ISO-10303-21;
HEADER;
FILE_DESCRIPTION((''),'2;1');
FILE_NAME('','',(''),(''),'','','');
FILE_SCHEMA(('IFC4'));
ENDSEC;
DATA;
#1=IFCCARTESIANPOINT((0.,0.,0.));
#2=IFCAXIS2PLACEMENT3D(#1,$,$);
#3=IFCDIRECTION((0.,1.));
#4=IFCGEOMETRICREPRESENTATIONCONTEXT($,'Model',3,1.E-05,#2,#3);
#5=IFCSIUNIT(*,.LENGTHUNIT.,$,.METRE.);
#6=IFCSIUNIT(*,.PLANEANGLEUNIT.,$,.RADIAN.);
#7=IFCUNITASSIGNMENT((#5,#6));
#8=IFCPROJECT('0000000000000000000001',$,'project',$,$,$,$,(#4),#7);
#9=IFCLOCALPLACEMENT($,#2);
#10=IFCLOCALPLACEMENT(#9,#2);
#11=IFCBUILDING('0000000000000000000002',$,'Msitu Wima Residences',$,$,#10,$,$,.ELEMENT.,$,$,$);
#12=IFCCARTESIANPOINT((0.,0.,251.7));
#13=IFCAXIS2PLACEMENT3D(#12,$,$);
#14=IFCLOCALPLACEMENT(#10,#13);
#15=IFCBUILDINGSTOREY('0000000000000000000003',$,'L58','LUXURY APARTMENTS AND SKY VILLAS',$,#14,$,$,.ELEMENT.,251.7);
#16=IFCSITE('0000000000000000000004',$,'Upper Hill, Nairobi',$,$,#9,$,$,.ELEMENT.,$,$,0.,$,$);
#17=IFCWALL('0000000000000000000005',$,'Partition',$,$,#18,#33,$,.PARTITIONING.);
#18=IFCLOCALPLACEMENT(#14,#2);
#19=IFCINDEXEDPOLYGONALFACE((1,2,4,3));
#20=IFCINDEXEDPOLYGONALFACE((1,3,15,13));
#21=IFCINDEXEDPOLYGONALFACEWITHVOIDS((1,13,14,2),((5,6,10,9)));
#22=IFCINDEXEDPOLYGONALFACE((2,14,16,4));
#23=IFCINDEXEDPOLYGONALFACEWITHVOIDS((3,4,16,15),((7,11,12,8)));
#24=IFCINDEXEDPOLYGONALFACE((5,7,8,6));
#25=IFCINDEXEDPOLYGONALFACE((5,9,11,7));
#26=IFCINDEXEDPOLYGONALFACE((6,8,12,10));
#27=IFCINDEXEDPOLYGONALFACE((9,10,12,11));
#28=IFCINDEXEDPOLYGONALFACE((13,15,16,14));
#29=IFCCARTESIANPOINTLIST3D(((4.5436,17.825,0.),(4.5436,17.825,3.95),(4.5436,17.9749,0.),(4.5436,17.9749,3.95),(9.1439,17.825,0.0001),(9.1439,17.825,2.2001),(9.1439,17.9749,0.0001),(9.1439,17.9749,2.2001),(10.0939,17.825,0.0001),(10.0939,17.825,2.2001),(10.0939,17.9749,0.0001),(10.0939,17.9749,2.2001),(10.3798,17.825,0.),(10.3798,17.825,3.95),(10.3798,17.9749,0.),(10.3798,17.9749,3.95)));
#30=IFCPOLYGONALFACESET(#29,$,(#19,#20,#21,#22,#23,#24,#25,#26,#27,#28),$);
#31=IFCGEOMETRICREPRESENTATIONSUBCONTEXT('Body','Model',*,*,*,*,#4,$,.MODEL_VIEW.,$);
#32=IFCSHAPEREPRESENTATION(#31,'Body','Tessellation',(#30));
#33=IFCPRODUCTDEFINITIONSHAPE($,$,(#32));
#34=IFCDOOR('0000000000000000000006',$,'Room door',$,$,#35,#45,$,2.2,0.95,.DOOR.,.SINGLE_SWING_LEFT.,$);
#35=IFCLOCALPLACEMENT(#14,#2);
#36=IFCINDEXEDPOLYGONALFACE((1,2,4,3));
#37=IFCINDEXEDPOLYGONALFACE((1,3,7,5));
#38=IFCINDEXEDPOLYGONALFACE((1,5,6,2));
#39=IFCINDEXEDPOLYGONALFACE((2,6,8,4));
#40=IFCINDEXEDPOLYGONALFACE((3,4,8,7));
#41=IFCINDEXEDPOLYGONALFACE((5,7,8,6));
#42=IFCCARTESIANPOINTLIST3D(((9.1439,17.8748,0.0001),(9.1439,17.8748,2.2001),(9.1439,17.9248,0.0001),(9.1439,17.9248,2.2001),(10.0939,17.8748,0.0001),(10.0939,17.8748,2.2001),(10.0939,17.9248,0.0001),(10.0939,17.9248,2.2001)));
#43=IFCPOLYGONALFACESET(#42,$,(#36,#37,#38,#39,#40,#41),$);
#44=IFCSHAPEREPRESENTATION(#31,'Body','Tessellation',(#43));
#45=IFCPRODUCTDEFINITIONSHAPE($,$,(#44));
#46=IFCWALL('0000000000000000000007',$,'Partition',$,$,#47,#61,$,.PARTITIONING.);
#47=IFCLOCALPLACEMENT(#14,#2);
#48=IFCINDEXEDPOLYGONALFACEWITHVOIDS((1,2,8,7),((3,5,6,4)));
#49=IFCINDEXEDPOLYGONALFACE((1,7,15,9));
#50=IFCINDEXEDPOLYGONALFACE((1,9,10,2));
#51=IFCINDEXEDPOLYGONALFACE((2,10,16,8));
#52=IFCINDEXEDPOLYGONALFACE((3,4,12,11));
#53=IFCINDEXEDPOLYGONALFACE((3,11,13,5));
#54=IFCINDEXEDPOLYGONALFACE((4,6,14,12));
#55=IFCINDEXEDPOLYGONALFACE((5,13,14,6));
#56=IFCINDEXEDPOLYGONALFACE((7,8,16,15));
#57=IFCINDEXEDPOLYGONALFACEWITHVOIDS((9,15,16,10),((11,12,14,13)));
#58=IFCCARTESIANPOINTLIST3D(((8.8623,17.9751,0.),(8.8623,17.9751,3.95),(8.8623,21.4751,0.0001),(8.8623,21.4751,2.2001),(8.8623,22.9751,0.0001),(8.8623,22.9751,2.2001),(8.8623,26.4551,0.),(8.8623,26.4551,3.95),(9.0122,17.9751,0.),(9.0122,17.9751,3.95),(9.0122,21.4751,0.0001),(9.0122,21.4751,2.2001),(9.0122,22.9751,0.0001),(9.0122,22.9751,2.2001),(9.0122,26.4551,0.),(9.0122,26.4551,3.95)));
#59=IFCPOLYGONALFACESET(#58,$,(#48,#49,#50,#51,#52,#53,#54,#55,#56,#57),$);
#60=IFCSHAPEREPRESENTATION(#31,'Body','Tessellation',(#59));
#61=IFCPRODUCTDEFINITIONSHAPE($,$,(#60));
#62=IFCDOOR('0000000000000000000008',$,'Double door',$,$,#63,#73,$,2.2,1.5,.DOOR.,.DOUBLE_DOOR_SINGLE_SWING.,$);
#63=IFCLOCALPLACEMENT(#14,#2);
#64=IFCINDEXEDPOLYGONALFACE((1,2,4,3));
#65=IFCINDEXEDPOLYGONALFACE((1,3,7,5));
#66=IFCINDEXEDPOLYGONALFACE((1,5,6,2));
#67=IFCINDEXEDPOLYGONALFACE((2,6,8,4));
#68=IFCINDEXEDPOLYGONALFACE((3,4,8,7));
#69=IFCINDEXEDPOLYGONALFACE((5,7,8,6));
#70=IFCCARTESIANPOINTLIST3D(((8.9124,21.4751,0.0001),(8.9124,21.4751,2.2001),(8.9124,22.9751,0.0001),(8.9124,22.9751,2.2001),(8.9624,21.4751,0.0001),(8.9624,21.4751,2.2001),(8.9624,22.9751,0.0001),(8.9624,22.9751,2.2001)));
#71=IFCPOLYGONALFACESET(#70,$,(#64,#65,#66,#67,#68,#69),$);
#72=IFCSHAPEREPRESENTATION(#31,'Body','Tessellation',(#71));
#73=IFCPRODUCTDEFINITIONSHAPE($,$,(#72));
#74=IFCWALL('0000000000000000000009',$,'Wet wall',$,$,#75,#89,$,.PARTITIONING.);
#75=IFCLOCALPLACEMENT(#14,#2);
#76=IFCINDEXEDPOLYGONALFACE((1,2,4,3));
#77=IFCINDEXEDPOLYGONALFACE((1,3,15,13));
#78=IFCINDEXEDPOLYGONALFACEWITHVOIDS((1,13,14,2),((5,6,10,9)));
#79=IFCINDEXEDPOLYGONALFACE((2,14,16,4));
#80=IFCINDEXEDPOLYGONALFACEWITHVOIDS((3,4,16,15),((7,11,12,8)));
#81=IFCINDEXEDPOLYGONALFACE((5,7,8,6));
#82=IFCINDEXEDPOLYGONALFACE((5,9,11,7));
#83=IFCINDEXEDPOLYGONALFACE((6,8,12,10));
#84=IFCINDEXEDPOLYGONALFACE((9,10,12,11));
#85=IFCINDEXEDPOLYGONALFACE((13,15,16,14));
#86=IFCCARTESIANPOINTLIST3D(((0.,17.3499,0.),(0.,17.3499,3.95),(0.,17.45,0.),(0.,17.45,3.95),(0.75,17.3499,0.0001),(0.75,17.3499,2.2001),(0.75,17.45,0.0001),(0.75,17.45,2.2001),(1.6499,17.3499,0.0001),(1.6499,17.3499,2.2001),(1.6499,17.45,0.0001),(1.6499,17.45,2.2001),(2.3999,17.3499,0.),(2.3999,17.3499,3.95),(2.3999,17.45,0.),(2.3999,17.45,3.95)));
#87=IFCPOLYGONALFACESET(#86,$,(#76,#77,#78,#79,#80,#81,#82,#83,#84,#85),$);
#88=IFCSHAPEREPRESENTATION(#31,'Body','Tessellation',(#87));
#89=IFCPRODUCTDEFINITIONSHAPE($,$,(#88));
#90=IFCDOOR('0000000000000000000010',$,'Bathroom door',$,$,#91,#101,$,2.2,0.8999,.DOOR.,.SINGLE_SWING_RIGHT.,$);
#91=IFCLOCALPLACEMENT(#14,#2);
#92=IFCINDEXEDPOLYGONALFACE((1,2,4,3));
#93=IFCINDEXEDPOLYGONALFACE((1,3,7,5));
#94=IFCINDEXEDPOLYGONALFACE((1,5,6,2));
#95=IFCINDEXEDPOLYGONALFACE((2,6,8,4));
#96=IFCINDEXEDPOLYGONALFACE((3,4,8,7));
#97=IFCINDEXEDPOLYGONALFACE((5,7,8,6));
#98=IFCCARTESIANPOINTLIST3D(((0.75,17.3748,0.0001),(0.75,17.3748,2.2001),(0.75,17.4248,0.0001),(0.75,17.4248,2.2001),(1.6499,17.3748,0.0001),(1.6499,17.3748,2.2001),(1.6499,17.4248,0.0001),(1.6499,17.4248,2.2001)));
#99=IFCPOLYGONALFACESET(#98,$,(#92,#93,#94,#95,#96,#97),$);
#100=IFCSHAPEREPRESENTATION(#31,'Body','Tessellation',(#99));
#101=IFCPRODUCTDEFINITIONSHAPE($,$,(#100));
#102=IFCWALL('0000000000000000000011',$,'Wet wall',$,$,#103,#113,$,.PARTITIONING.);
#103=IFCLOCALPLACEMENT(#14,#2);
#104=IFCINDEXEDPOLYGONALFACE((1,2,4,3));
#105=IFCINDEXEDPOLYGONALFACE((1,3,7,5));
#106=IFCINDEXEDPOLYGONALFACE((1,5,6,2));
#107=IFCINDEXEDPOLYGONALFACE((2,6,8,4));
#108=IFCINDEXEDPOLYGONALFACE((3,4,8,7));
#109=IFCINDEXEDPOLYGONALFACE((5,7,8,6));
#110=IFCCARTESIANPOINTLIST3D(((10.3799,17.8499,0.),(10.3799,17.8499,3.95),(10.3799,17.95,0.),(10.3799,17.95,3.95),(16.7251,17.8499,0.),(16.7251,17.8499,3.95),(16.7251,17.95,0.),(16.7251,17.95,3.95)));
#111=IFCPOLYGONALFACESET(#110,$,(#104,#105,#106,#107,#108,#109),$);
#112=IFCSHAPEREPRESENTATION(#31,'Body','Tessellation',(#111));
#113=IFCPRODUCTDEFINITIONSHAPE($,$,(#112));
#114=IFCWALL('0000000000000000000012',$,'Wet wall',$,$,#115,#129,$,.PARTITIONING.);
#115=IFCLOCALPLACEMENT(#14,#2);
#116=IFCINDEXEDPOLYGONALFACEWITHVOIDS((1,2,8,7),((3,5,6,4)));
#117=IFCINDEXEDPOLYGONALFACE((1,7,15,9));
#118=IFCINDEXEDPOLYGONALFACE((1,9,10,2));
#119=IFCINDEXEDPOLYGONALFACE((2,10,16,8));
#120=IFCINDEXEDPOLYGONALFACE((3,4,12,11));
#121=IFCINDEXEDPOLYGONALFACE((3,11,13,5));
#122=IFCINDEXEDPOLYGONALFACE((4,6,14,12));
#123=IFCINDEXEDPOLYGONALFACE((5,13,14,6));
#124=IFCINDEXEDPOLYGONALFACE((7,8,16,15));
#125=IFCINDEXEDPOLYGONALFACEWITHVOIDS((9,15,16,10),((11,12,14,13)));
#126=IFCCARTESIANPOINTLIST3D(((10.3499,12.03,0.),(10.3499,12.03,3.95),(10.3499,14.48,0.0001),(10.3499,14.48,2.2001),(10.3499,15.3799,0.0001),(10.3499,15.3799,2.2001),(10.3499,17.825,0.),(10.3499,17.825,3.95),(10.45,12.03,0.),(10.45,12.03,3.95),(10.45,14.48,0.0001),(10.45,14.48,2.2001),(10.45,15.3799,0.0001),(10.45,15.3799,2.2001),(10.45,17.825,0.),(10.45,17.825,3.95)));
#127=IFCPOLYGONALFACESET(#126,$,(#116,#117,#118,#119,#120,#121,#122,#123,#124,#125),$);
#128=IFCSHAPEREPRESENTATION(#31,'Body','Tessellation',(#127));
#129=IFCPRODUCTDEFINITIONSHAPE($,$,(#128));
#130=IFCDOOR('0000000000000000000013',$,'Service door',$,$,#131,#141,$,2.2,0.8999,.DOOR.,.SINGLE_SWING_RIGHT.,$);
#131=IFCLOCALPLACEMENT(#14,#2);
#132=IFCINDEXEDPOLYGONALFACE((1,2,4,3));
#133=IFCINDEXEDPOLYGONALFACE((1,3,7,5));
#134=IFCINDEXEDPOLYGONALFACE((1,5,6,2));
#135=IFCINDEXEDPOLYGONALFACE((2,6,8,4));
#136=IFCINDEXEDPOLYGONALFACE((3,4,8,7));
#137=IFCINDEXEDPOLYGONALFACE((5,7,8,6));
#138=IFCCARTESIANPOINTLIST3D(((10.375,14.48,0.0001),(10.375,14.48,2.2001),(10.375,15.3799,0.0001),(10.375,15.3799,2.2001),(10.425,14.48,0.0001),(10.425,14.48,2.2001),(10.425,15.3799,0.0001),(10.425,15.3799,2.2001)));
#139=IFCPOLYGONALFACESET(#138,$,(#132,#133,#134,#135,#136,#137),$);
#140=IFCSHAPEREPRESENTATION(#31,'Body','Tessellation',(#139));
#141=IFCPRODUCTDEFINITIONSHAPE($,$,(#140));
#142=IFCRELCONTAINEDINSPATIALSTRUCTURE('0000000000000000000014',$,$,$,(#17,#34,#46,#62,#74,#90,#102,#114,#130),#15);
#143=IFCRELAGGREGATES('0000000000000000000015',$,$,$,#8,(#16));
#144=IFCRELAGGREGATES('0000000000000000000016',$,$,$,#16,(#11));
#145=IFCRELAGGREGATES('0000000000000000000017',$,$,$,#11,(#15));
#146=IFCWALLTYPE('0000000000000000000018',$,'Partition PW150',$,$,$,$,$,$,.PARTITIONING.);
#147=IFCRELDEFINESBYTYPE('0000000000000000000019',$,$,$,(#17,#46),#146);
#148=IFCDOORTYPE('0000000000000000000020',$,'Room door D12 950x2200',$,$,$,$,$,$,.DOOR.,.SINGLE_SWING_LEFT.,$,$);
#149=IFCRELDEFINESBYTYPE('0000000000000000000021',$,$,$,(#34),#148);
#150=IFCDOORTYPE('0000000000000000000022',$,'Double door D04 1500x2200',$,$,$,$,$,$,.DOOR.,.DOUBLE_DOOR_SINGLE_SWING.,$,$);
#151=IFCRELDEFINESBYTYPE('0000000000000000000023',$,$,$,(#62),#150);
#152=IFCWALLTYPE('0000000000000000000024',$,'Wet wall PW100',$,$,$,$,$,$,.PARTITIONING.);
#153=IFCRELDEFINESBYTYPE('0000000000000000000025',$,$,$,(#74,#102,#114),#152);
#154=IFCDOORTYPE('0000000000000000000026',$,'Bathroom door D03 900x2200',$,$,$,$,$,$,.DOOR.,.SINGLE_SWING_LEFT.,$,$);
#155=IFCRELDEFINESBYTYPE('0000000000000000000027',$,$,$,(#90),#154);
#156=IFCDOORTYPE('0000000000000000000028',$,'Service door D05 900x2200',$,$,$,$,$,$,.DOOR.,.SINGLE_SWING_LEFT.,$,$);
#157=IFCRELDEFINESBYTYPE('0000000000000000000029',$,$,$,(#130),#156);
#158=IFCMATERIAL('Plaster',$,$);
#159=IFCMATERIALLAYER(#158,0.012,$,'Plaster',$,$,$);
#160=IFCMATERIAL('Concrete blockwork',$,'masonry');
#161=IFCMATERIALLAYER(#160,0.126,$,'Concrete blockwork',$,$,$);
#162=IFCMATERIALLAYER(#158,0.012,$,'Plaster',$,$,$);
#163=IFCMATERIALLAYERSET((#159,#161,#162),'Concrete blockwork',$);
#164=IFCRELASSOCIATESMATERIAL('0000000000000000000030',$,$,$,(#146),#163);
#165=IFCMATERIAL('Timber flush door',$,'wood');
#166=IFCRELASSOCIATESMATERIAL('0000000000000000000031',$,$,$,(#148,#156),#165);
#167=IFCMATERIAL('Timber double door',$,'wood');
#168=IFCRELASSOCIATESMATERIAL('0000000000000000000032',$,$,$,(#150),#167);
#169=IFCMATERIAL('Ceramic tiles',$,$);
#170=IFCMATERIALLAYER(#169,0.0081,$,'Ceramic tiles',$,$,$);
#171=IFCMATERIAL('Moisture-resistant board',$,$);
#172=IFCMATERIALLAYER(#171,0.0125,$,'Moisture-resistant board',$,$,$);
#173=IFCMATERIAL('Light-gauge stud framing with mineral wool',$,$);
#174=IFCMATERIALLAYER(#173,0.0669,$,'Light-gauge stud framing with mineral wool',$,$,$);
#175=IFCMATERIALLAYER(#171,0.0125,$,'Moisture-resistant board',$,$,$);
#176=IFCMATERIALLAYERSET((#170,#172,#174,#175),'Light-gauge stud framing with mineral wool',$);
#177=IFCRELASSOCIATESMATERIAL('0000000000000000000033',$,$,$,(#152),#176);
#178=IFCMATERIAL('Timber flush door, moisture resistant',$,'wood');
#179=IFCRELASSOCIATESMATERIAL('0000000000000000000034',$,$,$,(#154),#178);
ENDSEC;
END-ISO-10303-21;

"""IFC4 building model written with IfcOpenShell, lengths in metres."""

from ifc_helpers import new_model, si_unit, direction, frame, frame_2d, origin, place, context, subcontext, project, spatial, rectangle, extrude, material, layer, layer_set, type_object, element, fill, save


model = new_model("IFC4")

# Units and contexts
model_context = context("Model", 3, precision=1e-05, world=origin(), true_north=direction((0.0, 1.0)))
body_context = subcontext(model_context, "Body", "Model", "MODEL_VIEW")
ifc_project = project(units=[si_unit("LENGTHUNIT", "METRE"), si_unit("PLANEANGLEUNIT", "RADIAN")], contexts=[model_context])

# Site, building, storey
site_placement = place(None, origin())
site = spatial("IfcSite", under=ifc_project, at=site_placement, Name="Upper Hill, Nairobi", CompositionType="ELEMENT", RefElevation=0.0)
building_placement = place(site_placement, origin())
building = spatial("IfcBuilding", under=site, at=building_placement, Name="Msitu Wima Residences", CompositionType="ELEMENT")
storey_placement = place(building_placement, frame((0.0, 0.0, 251.7)))
storey = spatial("IfcBuildingStorey", under=building, at=storey_placement, Name="L58", Description="LUXURY APARTMENTS AND SKY VILLAS", CompositionType="ELEMENT", Elevation=251.7)

# Shared definitions
ifc_material_1 = material(Name="Plaster")
ifc_material_2 = material(Name="Concrete blockwork", Category="masonry")

# Walls, openings, doors
ifc_layer_1 = layer(ifc_material_1, 0.012, Name="Plaster")
ifc_layer_2 = layer(ifc_material_2, 0.126, Name="Concrete blockwork")
ifc_layer_3 = layer(ifc_material_1, 0.012, Name="Plaster")
ifc_layer_set_1 = layer_set([ifc_layer_1, ifc_layer_2, ifc_layer_3], Name="Concrete blockwork")
wall_type_1 = type_object("IfcWallType", Name="Partition PW150", PredefinedType="PARTITIONING", material=ifc_layer_set_1)
ifc_material_3 = material(Name="Timber flush door", Category="wood")
door_type_1 = type_object("IfcDoorType", Name="Room door D12 950x2200", OperationType="SINGLE_SWING_LEFT", PredefinedType="DOOR", material=ifc_material_3)
wall_1_placement = place(storey_placement, frame((4.5437, 17.8999, 0.0), z_axis=(0.0, 0.0, 1.0), x_axis=(1.0, 0.0, 0.0)))
wall_1 = element("IfcWall", 1, at=wall_1_placement, inside=storey, type_object=wall_type_1, Name="Partition", PredefinedType="PARTITIONING", context=body_context, shape_type="SweptSolid", body=[
    extrude(rectangle(XDim=5.8362, YDim=0.1499, at=frame_2d((2.918, 0.0))), origin(), (0.0, 0.0, 1.0), 3.95),
])
opening_1_placement = place(wall_1_placement, frame((4.6001, 0.0, 0.0)))
opening_1 = element("IfcOpeningElement", 2, at=opening_1_placement, cuts=wall_1, PredefinedType="OPENING", context=body_context, shape_type="SweptSolid", body=[
    extrude(rectangle(XDim=0.95, YDim=2.2, at=frame_2d((0.4751, 1.1001))), frame((0.0, 0.085, 0.0), z_axis=(0.0, -1.0, 0.0), x_axis=(1.0, 0.0, 0.0)), (0.0, 0.0, 1.0), 0.1699),
])
door_1_placement = place(opening_1_placement, origin())
door_1 = element("IfcDoor", 3, at=door_1_placement, inside=storey, type_object=door_type_1, Name="Room door", OperationType="SINGLE_SWING_LEFT", OverallHeight=2.2, OverallWidth=0.95, PredefinedType="DOOR", context=body_context, shape_type="SweptSolid", body=[
    extrude(rectangle(XDim=0.95, YDim=2.2, at=frame_2d((0.4751, 1.1001))), frame((0.0, 0.0249, 0.0), z_axis=(0.0, -1.0, 0.0), x_axis=(1.0, 0.0, 0.0)), (0.0, 0.0, 1.0), 0.05),
])
fill(opening_1, door_1)
wall_2_placement = place(storey_placement, frame((8.9373, 17.9751, 0.0), z_axis=(0.0, 0.0, 1.0), x_axis=(0.0, 1.0, 0.0)))
wall_2 = element("IfcWall", 4, at=wall_2_placement, inside=storey, type_object=wall_type_1, Name="Partition", PredefinedType="PARTITIONING", context=body_context, shape_type="SweptSolid", body=[
    extrude(rectangle(XDim=8.48, YDim=0.1499, at=frame_2d((4.24, 0.0))), origin(), (0.0, 0.0, 1.0), 3.95),
])
opening_2_placement = place(wall_2_placement, frame((3.5, 0.0, 0.0)))
opening_2 = element("IfcOpeningElement", 5, at=opening_2_placement, cuts=wall_2, PredefinedType="OPENING", context=body_context, shape_type="SweptSolid", body=[
    extrude(rectangle(XDim=1.5, YDim=2.2, at=frame_2d((0.75, 1.1001))), frame((0.0, 0.085, 0.0), z_axis=(0.0, -1.0, 0.0), x_axis=(1.0, 0.0, 0.0)), (0.0, 0.0, 1.0), 0.1699),
])
ifc_material_4 = material(Name="Timber double door", Category="wood")
door_type_2 = type_object("IfcDoorType", Name="Double door D04 1500x2200", OperationType="DOUBLE_DOOR_SINGLE_SWING", PredefinedType="DOOR", material=ifc_material_4)
door_2_placement = place(opening_2_placement, origin())
door_2 = element("IfcDoor", 6, at=door_2_placement, inside=storey, type_object=door_type_2, Name="Double door", OperationType="DOUBLE_DOOR_SINGLE_SWING", OverallHeight=2.2, OverallWidth=1.5, PredefinedType="DOOR", context=body_context, shape_type="SweptSolid", body=[
    extrude(rectangle(XDim=1.5, YDim=2.2, at=frame_2d((0.75, 1.1001))), frame((0.0, 0.0249, 0.0), z_axis=(0.0, -1.0, 0.0), x_axis=(1.0, 0.0, 0.0)), (0.0, 0.0, 1.0), 0.05),
])
fill(opening_2, door_2)
ifc_material_5 = material(Name="Ceramic tiles")
ifc_layer_4 = layer(ifc_material_5, 0.0081, Name="Ceramic tiles")
ifc_material_6 = material(Name="Moisture-resistant board")
ifc_layer_5 = layer(ifc_material_6, 0.0125, Name="Moisture-resistant board")
ifc_material_7 = material(Name="Light-gauge stud framing with mineral wool")
ifc_layer_6 = layer(ifc_material_7, 0.0669, Name="Light-gauge stud framing with mineral wool")
ifc_layer_7 = layer(ifc_material_6, 0.0125, Name="Moisture-resistant board")
ifc_layer_set_2 = layer_set([ifc_layer_4, ifc_layer_5, ifc_layer_6, ifc_layer_7], Name="Light-gauge stud framing with mineral wool")
wall_type_2 = type_object("IfcWallType", Name="Wet wall PW100", PredefinedType="PARTITIONING", material=ifc_layer_set_2)
wall_3_placement = place(storey_placement, frame((0.0, 17.3999, 0.0), z_axis=(0.0, 0.0, 1.0), x_axis=(1.0, 0.0, 0.0)))
wall_3 = element("IfcWall", 7, at=wall_3_placement, inside=storey, type_object=wall_type_2, Name="Wet wall", PredefinedType="PARTITIONING", context=body_context, shape_type="SweptSolid", body=[
    extrude(rectangle(XDim=2.3999, YDim=0.1001, at=frame_2d((1.2, 0.0))), origin(), (0.0, 0.0, 1.0), 3.95),
])
opening_3_placement = place(wall_3_placement, frame((0.75, 0.0, 0.0)))
opening_3 = element("IfcOpeningElement", 8, at=opening_3_placement, cuts=wall_3, PredefinedType="OPENING", context=body_context, shape_type="SweptSolid", body=[
    extrude(rectangle(XDim=0.8999, YDim=2.2, at=frame_2d((0.45, 1.1001))), frame((0.0, 0.0601, 0.0), z_axis=(0.0, -1.0, 0.0), x_axis=(1.0, 0.0, 0.0)), (0.0, 0.0, 1.0), 0.1201),
])
ifc_material_8 = material(Name="Timber flush door, moisture resistant", Category="wood")
door_type_3 = type_object("IfcDoorType", Name="Bathroom door D03 900x2200", OperationType="SINGLE_SWING_LEFT", PredefinedType="DOOR", material=ifc_material_8)
door_3_placement = place(opening_3_placement, origin())
door_3 = element("IfcDoor", 9, at=door_3_placement, inside=storey, type_object=door_type_3, Name="Bathroom door", OperationType="SINGLE_SWING_RIGHT", OverallHeight=2.2, OverallWidth=0.8999, PredefinedType="DOOR", context=body_context, shape_type="SweptSolid", body=[
    extrude(rectangle(XDim=0.8999, YDim=2.2, at=frame_2d((0.45, 1.1001))), frame((0.0, 0.0249, 0.0), z_axis=(0.0, -1.0, 0.0), x_axis=(1.0, 0.0, 0.0)), (0.0, 0.0, 1.0), 0.05),
])
fill(opening_3, door_3)

# Wall
wall_4_placement = place(storey_placement, frame((10.3799, 17.8999, 0.0), z_axis=(0.0, 0.0, 1.0), x_axis=(1.0, 0.0, 0.0)))
element("IfcWall", 10, at=wall_4_placement, inside=storey, type_object=wall_type_2, Name="Wet wall", PredefinedType="PARTITIONING", context=body_context, shape_type="SweptSolid", body=[
    extrude(rectangle(XDim=6.3452, YDim=0.1001, at=frame_2d((3.1726, 0.0))), origin(), (0.0, 0.0, 1.0), 3.95),
])

# Wall, opening, door
wall_5_placement = place(storey_placement, frame((10.3999, 12.03, 0.0), z_axis=(0.0, 0.0, 1.0), x_axis=(0.0, 1.0, 0.0)))
wall_5 = element("IfcWall", 11, at=wall_5_placement, inside=storey, type_object=wall_type_2, Name="Wet wall", PredefinedType="PARTITIONING", context=body_context, shape_type="SweptSolid", body=[
    extrude(rectangle(XDim=5.7949, YDim=0.1001, at=frame_2d((2.8975, 0.0))), origin(), (0.0, 0.0, 1.0), 3.95),
])
opening_4_placement = place(wall_5_placement, frame((2.45, 0.0, 0.0)))
opening_4 = element("IfcOpeningElement", 12, at=opening_4_placement, cuts=wall_5, PredefinedType="OPENING", context=body_context, shape_type="SweptSolid", body=[
    extrude(rectangle(XDim=0.8999, YDim=2.2, at=frame_2d((0.45, 1.1001))), frame((0.0, 0.0601, 0.0), z_axis=(0.0, -1.0, 0.0), x_axis=(1.0, 0.0, 0.0)), (0.0, 0.0, 1.0), 0.1201),
])
door_type_4 = type_object("IfcDoorType", Name="Service door D05 900x2200", OperationType="SINGLE_SWING_LEFT", PredefinedType="DOOR", material=ifc_material_3)
door_4_placement = place(opening_4_placement, origin())
door_4 = element("IfcDoor", 13, at=door_4_placement, inside=storey, type_object=door_type_4, Name="Service door", OperationType="SINGLE_SWING_RIGHT", OverallHeight=2.2, OverallWidth=0.8999, PredefinedType="DOOR", context=body_context, shape_type="SweptSolid", body=[
    extrude(rectangle(XDim=0.8999, YDim=2.2, at=frame_2d((0.45, 1.1001))), frame((0.0, 0.0249, 0.0), z_axis=(0.0, -1.0, 0.0), x_axis=(1.0, 0.0, 0.0)), (0.0, 0.0, 1.0), 0.05),
])
fill(opening_4, door_4)

save(model, "model.ifc")
